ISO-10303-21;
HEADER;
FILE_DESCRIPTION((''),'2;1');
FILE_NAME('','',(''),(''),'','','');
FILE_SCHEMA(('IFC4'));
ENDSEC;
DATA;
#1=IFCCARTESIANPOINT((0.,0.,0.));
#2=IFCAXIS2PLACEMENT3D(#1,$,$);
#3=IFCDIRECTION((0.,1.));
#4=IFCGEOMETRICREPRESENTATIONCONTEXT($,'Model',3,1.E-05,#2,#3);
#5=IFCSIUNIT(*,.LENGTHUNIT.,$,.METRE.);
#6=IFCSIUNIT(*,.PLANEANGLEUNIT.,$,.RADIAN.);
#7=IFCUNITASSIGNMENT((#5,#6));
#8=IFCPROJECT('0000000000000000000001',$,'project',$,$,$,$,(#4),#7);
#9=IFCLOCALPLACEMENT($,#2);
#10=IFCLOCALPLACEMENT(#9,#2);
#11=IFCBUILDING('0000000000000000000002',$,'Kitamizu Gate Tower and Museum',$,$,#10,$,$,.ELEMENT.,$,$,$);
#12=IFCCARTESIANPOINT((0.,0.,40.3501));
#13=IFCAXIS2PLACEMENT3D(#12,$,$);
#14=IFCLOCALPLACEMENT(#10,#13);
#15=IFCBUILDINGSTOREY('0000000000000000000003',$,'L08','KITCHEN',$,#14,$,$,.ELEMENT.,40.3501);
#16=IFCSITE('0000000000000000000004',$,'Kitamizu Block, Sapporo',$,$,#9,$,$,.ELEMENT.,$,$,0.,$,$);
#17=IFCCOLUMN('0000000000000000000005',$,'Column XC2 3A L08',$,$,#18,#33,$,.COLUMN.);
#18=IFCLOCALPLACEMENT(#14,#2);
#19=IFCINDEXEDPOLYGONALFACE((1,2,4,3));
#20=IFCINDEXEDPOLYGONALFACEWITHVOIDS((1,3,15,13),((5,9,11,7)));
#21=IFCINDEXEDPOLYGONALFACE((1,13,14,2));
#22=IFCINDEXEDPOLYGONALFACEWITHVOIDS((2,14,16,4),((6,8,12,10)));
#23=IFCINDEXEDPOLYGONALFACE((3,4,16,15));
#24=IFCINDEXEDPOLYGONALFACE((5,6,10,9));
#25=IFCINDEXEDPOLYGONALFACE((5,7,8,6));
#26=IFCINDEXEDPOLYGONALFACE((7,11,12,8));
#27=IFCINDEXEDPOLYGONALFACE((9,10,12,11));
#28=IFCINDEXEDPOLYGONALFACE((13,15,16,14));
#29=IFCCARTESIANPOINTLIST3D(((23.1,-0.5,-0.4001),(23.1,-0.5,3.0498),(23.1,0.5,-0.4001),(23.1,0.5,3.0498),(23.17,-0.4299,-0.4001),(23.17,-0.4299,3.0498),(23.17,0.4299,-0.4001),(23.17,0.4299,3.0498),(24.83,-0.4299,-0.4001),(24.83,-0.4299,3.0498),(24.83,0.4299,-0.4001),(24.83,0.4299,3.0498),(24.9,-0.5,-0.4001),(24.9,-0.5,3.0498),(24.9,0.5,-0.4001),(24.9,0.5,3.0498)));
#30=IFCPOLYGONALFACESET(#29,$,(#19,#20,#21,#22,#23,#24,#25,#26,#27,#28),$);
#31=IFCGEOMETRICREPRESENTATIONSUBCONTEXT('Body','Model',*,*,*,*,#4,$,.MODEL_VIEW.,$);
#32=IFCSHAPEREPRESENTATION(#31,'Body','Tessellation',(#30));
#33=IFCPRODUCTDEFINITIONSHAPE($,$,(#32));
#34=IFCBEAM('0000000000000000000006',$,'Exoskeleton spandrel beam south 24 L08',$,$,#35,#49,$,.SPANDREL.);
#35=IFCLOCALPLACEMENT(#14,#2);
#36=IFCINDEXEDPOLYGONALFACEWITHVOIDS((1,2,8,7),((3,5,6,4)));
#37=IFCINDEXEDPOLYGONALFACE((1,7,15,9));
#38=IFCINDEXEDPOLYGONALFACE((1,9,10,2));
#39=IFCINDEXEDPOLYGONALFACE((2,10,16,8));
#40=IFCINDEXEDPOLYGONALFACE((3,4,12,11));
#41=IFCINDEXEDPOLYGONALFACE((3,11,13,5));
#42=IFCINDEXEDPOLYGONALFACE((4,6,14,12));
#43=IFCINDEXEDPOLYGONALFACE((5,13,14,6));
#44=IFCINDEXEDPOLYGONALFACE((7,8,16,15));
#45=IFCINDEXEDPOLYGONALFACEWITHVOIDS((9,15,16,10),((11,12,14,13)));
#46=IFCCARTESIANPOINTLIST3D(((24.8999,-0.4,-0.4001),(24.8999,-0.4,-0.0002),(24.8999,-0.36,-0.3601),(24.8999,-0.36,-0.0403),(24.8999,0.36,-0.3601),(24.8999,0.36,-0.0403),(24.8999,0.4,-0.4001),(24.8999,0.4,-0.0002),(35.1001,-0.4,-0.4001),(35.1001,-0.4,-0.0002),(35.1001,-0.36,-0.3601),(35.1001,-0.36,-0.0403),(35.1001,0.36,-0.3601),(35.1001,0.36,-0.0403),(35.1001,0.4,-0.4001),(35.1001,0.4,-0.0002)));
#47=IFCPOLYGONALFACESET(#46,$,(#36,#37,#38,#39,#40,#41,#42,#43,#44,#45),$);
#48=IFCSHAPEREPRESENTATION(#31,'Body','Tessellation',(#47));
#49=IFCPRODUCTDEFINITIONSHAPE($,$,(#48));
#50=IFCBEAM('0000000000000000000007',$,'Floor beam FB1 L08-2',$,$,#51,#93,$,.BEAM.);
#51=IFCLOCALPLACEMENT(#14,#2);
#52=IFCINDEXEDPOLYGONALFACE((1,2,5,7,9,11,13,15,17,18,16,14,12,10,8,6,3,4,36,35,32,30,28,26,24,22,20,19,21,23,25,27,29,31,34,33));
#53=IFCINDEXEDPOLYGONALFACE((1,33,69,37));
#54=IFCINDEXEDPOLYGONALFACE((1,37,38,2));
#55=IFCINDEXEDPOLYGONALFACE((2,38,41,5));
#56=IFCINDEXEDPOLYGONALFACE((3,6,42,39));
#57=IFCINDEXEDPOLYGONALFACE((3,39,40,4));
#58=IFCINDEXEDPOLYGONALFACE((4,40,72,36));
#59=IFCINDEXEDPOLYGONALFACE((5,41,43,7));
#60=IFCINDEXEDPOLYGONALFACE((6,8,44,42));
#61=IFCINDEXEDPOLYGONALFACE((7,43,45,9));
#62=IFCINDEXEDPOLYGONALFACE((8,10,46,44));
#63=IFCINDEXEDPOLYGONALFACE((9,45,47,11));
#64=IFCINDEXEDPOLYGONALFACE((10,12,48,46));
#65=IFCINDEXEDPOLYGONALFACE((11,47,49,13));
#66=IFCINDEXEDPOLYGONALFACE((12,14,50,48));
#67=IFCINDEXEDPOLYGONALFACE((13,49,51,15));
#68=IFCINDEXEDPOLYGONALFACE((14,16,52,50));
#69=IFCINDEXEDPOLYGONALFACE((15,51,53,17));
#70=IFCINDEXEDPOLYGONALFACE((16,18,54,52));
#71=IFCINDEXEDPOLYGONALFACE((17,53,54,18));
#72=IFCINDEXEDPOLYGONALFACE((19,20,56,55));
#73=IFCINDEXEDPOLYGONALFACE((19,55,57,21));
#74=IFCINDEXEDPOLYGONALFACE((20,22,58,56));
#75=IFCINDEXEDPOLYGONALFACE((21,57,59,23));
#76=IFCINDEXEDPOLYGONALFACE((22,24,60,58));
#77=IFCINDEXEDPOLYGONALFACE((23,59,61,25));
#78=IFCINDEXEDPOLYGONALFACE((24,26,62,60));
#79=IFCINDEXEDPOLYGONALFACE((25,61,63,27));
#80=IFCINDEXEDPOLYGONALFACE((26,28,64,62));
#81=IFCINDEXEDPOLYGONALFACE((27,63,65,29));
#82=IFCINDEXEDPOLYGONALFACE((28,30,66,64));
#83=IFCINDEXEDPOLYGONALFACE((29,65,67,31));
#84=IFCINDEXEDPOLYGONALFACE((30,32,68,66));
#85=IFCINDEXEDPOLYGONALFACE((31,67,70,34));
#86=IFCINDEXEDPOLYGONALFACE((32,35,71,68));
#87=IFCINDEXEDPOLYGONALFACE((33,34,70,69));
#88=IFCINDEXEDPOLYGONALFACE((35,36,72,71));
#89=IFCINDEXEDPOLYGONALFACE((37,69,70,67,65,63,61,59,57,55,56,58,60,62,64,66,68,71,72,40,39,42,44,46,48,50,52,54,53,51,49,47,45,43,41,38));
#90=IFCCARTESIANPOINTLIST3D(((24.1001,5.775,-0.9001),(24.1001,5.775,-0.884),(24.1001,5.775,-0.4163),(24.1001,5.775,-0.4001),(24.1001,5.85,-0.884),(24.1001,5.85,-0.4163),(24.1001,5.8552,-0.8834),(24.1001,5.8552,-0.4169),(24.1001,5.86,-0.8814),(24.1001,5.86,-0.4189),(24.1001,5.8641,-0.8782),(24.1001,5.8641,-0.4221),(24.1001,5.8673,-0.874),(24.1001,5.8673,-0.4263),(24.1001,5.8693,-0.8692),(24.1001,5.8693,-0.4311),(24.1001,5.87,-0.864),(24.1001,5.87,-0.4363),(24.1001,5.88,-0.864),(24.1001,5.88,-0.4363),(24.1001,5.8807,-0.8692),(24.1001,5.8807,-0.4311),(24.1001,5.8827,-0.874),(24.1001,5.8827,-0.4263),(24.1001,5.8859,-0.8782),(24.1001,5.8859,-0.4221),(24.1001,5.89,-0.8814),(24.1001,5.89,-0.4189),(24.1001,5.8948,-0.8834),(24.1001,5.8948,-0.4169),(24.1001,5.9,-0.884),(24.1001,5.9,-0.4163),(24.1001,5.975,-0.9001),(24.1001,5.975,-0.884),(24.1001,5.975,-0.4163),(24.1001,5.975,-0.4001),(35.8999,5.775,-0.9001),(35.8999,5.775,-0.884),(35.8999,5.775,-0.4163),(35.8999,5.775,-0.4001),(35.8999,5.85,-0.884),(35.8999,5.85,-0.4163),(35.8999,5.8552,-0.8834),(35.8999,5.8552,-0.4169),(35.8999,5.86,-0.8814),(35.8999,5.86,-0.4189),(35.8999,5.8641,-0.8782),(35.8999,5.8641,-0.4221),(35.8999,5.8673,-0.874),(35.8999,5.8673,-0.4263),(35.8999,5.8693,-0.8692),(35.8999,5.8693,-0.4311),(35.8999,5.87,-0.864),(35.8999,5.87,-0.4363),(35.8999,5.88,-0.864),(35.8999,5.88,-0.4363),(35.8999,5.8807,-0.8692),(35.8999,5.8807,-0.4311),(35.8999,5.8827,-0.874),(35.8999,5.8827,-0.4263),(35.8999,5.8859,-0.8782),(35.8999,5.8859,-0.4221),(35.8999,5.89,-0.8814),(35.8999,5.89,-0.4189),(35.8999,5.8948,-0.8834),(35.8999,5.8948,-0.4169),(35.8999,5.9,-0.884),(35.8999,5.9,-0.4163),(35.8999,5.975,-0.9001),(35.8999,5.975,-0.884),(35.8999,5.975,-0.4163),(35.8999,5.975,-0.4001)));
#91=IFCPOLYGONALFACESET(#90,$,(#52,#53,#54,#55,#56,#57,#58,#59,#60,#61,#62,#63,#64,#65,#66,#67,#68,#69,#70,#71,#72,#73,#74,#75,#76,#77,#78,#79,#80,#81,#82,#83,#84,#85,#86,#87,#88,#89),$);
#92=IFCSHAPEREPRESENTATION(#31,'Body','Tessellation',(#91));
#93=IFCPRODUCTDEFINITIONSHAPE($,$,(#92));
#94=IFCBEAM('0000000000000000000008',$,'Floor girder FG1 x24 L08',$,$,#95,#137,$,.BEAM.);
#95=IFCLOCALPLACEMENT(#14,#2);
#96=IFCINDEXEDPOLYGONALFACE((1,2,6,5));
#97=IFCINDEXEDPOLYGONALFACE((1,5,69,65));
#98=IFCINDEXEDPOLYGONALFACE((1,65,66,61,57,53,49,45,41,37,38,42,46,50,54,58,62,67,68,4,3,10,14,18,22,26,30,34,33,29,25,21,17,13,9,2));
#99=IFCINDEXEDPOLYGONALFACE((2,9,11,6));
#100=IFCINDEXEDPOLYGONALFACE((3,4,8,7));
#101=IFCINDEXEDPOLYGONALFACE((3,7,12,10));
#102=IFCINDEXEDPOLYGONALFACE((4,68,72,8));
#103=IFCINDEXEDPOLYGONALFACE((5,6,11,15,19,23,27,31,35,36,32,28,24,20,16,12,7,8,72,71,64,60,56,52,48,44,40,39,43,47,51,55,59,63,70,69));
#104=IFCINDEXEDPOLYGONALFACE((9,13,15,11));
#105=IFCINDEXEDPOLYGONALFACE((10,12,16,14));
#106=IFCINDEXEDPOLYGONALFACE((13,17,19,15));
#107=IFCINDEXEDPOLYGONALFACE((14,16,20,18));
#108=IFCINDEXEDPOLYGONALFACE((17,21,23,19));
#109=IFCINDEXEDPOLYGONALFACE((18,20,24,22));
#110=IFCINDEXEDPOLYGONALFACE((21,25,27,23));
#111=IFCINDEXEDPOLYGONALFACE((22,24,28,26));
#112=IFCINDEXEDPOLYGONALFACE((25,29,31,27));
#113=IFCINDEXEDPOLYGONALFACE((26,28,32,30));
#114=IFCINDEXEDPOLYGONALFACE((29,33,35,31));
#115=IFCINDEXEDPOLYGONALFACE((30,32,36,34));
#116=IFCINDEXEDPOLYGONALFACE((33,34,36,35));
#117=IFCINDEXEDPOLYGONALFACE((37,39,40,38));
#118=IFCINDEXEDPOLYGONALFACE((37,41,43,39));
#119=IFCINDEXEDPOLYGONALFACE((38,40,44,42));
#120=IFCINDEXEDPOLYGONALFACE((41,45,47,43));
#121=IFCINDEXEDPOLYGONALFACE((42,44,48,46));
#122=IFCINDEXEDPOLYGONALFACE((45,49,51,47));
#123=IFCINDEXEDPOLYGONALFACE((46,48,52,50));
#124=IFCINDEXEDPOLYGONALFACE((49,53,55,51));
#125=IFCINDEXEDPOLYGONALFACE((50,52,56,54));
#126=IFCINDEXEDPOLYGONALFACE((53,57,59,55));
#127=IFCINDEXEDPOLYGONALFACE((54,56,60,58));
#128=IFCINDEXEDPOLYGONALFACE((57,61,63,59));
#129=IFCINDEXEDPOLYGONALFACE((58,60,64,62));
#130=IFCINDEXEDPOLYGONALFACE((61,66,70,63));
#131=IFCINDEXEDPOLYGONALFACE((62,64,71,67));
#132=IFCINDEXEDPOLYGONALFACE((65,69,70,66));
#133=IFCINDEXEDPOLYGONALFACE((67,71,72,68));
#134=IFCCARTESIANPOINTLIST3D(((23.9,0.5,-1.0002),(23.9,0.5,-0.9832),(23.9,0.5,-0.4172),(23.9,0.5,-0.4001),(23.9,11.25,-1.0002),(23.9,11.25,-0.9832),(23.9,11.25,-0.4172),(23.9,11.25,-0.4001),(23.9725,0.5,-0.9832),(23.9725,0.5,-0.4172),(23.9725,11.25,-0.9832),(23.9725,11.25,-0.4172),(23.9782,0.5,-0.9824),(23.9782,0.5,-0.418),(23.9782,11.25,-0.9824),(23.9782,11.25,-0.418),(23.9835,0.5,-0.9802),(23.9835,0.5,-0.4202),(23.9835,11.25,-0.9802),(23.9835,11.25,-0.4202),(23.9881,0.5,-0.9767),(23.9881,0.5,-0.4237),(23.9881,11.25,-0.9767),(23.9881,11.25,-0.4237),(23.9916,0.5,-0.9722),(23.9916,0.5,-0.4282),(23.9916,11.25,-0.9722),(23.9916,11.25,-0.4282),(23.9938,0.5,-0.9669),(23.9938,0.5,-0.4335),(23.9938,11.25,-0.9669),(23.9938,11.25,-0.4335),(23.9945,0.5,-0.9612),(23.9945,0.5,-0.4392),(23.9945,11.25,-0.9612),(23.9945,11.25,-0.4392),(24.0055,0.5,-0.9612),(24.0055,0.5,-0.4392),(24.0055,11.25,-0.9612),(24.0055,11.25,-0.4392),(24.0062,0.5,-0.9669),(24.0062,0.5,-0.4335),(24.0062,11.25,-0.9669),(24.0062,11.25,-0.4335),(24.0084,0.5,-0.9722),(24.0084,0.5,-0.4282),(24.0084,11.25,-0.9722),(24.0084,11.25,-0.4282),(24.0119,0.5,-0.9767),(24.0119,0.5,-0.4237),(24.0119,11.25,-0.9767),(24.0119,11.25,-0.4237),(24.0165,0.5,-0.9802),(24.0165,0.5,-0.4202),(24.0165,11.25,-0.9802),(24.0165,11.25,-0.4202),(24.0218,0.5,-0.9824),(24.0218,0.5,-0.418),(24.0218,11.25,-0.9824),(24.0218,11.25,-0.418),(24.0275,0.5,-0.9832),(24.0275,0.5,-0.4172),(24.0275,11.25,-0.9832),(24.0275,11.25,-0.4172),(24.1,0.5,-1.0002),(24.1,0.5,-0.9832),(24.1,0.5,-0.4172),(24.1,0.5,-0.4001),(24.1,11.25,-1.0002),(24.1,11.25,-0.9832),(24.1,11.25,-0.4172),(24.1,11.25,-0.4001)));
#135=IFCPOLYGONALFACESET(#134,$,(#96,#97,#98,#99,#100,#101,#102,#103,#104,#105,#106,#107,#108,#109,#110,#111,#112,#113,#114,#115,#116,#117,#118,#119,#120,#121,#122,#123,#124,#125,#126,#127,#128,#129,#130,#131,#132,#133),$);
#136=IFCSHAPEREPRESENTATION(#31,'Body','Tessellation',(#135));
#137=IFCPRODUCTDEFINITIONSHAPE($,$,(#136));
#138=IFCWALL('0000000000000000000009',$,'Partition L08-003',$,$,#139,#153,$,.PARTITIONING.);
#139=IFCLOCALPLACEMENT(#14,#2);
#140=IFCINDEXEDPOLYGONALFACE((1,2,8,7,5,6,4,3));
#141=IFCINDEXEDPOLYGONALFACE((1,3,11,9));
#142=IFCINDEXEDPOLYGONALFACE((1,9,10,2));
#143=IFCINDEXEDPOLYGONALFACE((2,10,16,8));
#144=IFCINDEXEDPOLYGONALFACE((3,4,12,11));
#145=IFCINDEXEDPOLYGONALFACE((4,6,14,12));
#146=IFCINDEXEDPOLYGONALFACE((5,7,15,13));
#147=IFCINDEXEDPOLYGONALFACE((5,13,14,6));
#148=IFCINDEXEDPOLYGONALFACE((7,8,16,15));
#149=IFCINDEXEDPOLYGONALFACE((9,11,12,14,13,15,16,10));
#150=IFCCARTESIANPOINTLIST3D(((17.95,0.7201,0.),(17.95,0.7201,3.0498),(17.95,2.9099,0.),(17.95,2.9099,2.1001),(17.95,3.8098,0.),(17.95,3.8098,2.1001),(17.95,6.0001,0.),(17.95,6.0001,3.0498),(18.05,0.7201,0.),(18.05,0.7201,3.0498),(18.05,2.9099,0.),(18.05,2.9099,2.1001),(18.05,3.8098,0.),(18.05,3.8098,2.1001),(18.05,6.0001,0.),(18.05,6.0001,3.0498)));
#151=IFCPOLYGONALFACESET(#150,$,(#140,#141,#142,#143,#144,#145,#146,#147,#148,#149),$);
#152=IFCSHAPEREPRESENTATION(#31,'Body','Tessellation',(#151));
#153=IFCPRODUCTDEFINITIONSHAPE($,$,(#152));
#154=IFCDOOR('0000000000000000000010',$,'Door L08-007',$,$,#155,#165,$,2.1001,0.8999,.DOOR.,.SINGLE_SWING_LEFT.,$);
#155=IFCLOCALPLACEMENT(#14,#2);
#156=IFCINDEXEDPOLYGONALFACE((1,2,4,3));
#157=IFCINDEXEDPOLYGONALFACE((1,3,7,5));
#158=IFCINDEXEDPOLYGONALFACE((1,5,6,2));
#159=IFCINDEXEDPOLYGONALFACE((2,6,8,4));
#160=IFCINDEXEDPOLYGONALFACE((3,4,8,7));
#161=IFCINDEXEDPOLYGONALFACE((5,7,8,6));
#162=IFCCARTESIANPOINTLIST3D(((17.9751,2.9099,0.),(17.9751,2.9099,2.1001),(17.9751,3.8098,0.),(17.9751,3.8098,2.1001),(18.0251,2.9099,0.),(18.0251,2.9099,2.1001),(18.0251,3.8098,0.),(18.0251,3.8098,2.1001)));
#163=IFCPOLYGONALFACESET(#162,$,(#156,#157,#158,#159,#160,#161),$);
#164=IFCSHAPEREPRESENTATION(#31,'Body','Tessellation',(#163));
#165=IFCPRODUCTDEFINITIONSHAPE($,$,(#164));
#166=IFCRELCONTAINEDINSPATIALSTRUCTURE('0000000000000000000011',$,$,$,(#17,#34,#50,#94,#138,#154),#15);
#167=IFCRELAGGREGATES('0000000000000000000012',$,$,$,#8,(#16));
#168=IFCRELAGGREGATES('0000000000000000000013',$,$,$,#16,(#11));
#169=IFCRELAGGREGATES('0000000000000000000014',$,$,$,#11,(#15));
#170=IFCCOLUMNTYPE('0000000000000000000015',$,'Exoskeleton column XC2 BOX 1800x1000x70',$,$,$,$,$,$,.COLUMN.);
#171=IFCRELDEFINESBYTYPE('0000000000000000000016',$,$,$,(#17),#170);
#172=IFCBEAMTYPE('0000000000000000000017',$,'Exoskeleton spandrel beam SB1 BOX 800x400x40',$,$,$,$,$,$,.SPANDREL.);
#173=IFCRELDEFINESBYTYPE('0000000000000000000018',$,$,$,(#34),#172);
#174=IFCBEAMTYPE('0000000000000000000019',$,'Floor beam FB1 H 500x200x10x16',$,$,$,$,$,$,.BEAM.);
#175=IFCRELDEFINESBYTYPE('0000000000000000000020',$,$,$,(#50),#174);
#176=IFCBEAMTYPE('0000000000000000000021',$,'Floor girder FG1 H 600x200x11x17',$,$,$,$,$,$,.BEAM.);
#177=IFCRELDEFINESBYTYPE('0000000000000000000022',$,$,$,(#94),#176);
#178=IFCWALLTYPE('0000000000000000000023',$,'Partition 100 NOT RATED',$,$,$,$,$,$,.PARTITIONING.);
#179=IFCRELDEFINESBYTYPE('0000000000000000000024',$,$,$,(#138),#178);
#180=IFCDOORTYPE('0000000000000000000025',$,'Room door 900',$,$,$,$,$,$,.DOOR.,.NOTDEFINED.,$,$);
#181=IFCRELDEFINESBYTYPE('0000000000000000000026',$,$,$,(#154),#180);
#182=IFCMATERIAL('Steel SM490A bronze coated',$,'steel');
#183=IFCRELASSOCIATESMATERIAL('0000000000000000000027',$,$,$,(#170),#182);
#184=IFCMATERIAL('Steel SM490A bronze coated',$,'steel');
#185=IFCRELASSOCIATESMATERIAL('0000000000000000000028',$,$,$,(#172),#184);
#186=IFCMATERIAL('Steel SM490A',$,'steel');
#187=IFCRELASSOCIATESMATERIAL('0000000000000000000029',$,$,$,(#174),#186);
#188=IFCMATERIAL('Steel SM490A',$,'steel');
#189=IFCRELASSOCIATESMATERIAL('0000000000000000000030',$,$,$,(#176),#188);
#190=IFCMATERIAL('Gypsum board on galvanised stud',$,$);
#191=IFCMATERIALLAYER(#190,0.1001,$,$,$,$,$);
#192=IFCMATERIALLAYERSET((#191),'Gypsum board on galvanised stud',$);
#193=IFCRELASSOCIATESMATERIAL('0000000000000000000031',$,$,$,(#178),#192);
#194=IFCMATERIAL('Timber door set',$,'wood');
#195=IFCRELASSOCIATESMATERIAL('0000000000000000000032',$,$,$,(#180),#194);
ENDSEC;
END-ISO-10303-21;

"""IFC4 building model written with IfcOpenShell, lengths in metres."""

from ifc_helpers import new_model, si_unit, direction, frame, frame_2d, origin, origin_2d, place, context, subcontext, project, spatial, rectangle, hollow_rectangle, i_section, extrude, material, layer, layer_set, material_profile, profile_set, type_object, element, fill, save


model = new_model("IFC4")

# Units and contexts
model_context = context("Model", 3, precision=1e-05, world=origin(), true_north=direction((0.0, 1.0)))
body_context = subcontext(model_context, "Body", "Model", "MODEL_VIEW")
ifc_project = project(units=[si_unit("LENGTHUNIT", "METRE"), si_unit("PLANEANGLEUNIT", "RADIAN")], contexts=[model_context])

# Site, building, storey
site_placement = place(None, origin())
site = spatial("IfcSite", under=ifc_project, at=site_placement, Name="Kitamizu Block, Sapporo", CompositionType="ELEMENT", RefElevation=0.0)
building_placement = place(site_placement, origin())
building = spatial("IfcBuilding", under=site, at=building_placement, Name="Kitamizu Gate Tower and Museum", CompositionType="ELEMENT")
storey_placement = place(building_placement, frame((0.0, 0.0, 40.3501)))
storey = spatial("IfcBuildingStorey", under=building, at=storey_placement, Name="L08", Description="KITCHEN", CompositionType="ELEMENT", Elevation=40.3501)

# Column
ifc_material_1 = material(Name="Steel SM490A bronze coated", Category="steel")
ifc_material_profile_1 = material_profile(ifc_material_1, hollow_rectangle(XDim=1.8, YDim=1.0, WallThickness=0.0701, at=origin_2d()), Name="BOX 1800x1000x70")
ifc_profile_set_1 = profile_set([ifc_material_profile_1], Name="Steel SM490A bronze coated")
column_type = type_object("IfcColumnType", Name="Exoskeleton column XC2 BOX 1800x1000x70", PredefinedType="COLUMN", material=ifc_profile_set_1)
column_placement = place(storey_placement, frame((24.0, 0.0, -0.4001), z_axis=(0.0, 0.0, 1.0), x_axis=(1.0, 0.0, 0.0)))
element("IfcColumn", 1, at=column_placement, inside=storey, type_object=column_type, Name="Column XC2 3A L08", PredefinedType="COLUMN", context=body_context, shape_type="SweptSolid", body=[
    extrude(hollow_rectangle(XDim=1.8, YDim=1.0, WallThickness=0.0701, at=origin_2d()), origin(), (0.0, 0.0, 1.0), 3.45),
])

# Beams
ifc_material_2 = material(Name="Steel SM490A bronze coated", Category="steel")
ifc_material_profile_2 = material_profile(ifc_material_2, hollow_rectangle(XDim=0.8, YDim=0.3999, WallThickness=0.04, at=origin_2d()), Name="BOX 800x400x40")
ifc_profile_set_2 = profile_set([ifc_material_profile_2], Name="Steel SM490A bronze coated")
beam_type_1 = type_object("IfcBeamType", Name="Exoskeleton spandrel beam SB1 BOX 800x400x40", PredefinedType="SPANDREL", material=ifc_profile_set_2)
beam_1_placement = place(storey_placement, frame((24.8999, 0.0, -0.2002), z_axis=(1.0, 0.0, 0.0), x_axis=(0.0, 1.0, 0.0)))
element("IfcBeam", 2, at=beam_1_placement, inside=storey, type_object=beam_type_1, Name="Exoskeleton spandrel beam south 24 L08", PredefinedType="SPANDREL", context=body_context, shape_type="SweptSolid", body=[
    extrude(hollow_rectangle(XDim=0.8, YDim=0.3999, WallThickness=0.04, at=origin_2d()), origin(), (0.0, 0.0, 1.0), 10.2002),
])
ifc_material_3 = material(Name="Steel SM490A", Category="steel")
ifc_material_profile_3 = material_profile(ifc_material_3, i_section(OverallWidth=0.2, OverallDepth=0.5, WebThickness=0.01, FlangeThickness=0.0161, FilletRadius=0.02, at=origin_2d()), Name="H-500x200x10x16")
ifc_profile_set_3 = profile_set([ifc_material_profile_3], Name="Steel SM490A")
beam_type_2 = type_object("IfcBeamType", Name="Floor beam FB1 H 500x200x10x16", PredefinedType="BEAM", material=ifc_profile_set_3)
beam_2_placement = place(storey_placement, frame((24.1001, 5.875, -0.6501), z_axis=(1.0, 0.0, 0.0), x_axis=(0.0, 1.0, 0.0)))
element("IfcBeam", 3, at=beam_2_placement, inside=storey, type_object=beam_type_2, Name="Floor beam FB1 L08-2", PredefinedType="BEAM", context=body_context, shape_type="SweptSolid", body=[
    extrude(i_section(OverallWidth=0.2, OverallDepth=0.5, WebThickness=0.01, FlangeThickness=0.0161, FilletRadius=0.02, at=origin_2d()), origin(), (0.0, 0.0, 1.0), 11.7998),
])
ifc_material_4 = material(Name="Steel SM490A", Category="steel")
ifc_material_profile_4 = material_profile(ifc_material_4, i_section(OverallWidth=0.2, OverallDepth=0.6001, WebThickness=0.011, FlangeThickness=0.0171, FilletRadius=0.022, at=origin_2d()), Name="H-600x200x11x17")
ifc_profile_set_4 = profile_set([ifc_material_profile_4], Name="Steel SM490A")
beam_type_3 = type_object("IfcBeamType", Name="Floor girder FG1 H 600x200x11x17", PredefinedType="BEAM", material=ifc_profile_set_4)
beam_3_placement = place(storey_placement, frame((24.0, 0.5, -0.7002), z_axis=(0.0, 1.0, 0.0), x_axis=(-1.0, 0.0, 0.0)))
element("IfcBeam", 4, at=beam_3_placement, inside=storey, type_object=beam_type_3, Name="Floor girder FG1 x24 L08", PredefinedType="BEAM", context=body_context, shape_type="SweptSolid", body=[
    extrude(i_section(OverallWidth=0.2, OverallDepth=0.6001, WebThickness=0.011, FlangeThickness=0.0171, FilletRadius=0.022, at=origin_2d()), origin(), (0.0, 0.0, 1.0), 10.75),
])

# Wall, opening, door
ifc_material_5 = material(Name="Gypsum board on galvanised stud")
ifc_layer_1 = layer(ifc_material_5, 0.1001)
ifc_layer_set_1 = layer_set([ifc_layer_1], Name="Gypsum board on galvanised stud")
wall_type_1 = type_object("IfcWallType", Name="Partition 100 NOT RATED", PredefinedType="PARTITIONING", material=ifc_layer_set_1)
wall_1_placement = place(storey_placement, frame((18.0, 0.72, 0.0), z_axis=(0.0, 0.0, 1.0), x_axis=(0.0, 1.0, 0.0)))
wall_1 = element("IfcWall", 5, at=wall_1_placement, inside=storey, type_object=wall_type_1, Name="Partition L08-003", PredefinedType="PARTITIONING", context=body_context, shape_type="SweptSolid", body=[
    extrude(rectangle(XDim=5.28, YDim=0.1001, at=frame_2d((2.6401, 0.0))), origin(), (0.0, 0.0, 1.0), 3.0498),
])
opening_1_placement = place(wall_1_placement, frame((2.1899, 0.0, 0.0)))
opening_1 = element("IfcOpeningElement", 6, at=opening_1_placement, cuts=wall_1, PredefinedType="OPENING", context=body_context, shape_type="SweptSolid", body=[
    extrude(rectangle(XDim=0.8999, YDim=2.1001, at=frame_2d((0.45, 1.05))), frame((0.0, 0.0601, 0.0), z_axis=(0.0, -1.0, 0.0), x_axis=(1.0, 0.0, 0.0)), (0.0, 0.0, 1.0), 0.1201),
])
ifc_material_6 = material(Name="Timber door set", Category="wood")
door_type_1 = type_object("IfcDoorType", Name="Room door 900", OperationType="NOTDEFINED", PredefinedType="DOOR", material=ifc_material_6)
door_1_placement = place(opening_1_placement, origin())
door_1 = element("IfcDoor", 7, at=door_1_placement, inside=storey, type_object=door_type_1, Name="Door L08-007", OperationType="SINGLE_SWING_LEFT", OverallHeight=2.1001, OverallWidth=0.8999, PredefinedType="DOOR", context=body_context, shape_type="SweptSolid", body=[
    extrude(rectangle(XDim=0.8999, YDim=2.1001, at=frame_2d((0.45, 1.05))), frame((0.0, 0.0249, 0.0), z_axis=(0.0, -1.0, 0.0), x_axis=(1.0, 0.0, 0.0)), (0.0, 0.0, 1.0), 0.05),
])
fill(opening_1, door_1)

save(model, "model.ifc")
